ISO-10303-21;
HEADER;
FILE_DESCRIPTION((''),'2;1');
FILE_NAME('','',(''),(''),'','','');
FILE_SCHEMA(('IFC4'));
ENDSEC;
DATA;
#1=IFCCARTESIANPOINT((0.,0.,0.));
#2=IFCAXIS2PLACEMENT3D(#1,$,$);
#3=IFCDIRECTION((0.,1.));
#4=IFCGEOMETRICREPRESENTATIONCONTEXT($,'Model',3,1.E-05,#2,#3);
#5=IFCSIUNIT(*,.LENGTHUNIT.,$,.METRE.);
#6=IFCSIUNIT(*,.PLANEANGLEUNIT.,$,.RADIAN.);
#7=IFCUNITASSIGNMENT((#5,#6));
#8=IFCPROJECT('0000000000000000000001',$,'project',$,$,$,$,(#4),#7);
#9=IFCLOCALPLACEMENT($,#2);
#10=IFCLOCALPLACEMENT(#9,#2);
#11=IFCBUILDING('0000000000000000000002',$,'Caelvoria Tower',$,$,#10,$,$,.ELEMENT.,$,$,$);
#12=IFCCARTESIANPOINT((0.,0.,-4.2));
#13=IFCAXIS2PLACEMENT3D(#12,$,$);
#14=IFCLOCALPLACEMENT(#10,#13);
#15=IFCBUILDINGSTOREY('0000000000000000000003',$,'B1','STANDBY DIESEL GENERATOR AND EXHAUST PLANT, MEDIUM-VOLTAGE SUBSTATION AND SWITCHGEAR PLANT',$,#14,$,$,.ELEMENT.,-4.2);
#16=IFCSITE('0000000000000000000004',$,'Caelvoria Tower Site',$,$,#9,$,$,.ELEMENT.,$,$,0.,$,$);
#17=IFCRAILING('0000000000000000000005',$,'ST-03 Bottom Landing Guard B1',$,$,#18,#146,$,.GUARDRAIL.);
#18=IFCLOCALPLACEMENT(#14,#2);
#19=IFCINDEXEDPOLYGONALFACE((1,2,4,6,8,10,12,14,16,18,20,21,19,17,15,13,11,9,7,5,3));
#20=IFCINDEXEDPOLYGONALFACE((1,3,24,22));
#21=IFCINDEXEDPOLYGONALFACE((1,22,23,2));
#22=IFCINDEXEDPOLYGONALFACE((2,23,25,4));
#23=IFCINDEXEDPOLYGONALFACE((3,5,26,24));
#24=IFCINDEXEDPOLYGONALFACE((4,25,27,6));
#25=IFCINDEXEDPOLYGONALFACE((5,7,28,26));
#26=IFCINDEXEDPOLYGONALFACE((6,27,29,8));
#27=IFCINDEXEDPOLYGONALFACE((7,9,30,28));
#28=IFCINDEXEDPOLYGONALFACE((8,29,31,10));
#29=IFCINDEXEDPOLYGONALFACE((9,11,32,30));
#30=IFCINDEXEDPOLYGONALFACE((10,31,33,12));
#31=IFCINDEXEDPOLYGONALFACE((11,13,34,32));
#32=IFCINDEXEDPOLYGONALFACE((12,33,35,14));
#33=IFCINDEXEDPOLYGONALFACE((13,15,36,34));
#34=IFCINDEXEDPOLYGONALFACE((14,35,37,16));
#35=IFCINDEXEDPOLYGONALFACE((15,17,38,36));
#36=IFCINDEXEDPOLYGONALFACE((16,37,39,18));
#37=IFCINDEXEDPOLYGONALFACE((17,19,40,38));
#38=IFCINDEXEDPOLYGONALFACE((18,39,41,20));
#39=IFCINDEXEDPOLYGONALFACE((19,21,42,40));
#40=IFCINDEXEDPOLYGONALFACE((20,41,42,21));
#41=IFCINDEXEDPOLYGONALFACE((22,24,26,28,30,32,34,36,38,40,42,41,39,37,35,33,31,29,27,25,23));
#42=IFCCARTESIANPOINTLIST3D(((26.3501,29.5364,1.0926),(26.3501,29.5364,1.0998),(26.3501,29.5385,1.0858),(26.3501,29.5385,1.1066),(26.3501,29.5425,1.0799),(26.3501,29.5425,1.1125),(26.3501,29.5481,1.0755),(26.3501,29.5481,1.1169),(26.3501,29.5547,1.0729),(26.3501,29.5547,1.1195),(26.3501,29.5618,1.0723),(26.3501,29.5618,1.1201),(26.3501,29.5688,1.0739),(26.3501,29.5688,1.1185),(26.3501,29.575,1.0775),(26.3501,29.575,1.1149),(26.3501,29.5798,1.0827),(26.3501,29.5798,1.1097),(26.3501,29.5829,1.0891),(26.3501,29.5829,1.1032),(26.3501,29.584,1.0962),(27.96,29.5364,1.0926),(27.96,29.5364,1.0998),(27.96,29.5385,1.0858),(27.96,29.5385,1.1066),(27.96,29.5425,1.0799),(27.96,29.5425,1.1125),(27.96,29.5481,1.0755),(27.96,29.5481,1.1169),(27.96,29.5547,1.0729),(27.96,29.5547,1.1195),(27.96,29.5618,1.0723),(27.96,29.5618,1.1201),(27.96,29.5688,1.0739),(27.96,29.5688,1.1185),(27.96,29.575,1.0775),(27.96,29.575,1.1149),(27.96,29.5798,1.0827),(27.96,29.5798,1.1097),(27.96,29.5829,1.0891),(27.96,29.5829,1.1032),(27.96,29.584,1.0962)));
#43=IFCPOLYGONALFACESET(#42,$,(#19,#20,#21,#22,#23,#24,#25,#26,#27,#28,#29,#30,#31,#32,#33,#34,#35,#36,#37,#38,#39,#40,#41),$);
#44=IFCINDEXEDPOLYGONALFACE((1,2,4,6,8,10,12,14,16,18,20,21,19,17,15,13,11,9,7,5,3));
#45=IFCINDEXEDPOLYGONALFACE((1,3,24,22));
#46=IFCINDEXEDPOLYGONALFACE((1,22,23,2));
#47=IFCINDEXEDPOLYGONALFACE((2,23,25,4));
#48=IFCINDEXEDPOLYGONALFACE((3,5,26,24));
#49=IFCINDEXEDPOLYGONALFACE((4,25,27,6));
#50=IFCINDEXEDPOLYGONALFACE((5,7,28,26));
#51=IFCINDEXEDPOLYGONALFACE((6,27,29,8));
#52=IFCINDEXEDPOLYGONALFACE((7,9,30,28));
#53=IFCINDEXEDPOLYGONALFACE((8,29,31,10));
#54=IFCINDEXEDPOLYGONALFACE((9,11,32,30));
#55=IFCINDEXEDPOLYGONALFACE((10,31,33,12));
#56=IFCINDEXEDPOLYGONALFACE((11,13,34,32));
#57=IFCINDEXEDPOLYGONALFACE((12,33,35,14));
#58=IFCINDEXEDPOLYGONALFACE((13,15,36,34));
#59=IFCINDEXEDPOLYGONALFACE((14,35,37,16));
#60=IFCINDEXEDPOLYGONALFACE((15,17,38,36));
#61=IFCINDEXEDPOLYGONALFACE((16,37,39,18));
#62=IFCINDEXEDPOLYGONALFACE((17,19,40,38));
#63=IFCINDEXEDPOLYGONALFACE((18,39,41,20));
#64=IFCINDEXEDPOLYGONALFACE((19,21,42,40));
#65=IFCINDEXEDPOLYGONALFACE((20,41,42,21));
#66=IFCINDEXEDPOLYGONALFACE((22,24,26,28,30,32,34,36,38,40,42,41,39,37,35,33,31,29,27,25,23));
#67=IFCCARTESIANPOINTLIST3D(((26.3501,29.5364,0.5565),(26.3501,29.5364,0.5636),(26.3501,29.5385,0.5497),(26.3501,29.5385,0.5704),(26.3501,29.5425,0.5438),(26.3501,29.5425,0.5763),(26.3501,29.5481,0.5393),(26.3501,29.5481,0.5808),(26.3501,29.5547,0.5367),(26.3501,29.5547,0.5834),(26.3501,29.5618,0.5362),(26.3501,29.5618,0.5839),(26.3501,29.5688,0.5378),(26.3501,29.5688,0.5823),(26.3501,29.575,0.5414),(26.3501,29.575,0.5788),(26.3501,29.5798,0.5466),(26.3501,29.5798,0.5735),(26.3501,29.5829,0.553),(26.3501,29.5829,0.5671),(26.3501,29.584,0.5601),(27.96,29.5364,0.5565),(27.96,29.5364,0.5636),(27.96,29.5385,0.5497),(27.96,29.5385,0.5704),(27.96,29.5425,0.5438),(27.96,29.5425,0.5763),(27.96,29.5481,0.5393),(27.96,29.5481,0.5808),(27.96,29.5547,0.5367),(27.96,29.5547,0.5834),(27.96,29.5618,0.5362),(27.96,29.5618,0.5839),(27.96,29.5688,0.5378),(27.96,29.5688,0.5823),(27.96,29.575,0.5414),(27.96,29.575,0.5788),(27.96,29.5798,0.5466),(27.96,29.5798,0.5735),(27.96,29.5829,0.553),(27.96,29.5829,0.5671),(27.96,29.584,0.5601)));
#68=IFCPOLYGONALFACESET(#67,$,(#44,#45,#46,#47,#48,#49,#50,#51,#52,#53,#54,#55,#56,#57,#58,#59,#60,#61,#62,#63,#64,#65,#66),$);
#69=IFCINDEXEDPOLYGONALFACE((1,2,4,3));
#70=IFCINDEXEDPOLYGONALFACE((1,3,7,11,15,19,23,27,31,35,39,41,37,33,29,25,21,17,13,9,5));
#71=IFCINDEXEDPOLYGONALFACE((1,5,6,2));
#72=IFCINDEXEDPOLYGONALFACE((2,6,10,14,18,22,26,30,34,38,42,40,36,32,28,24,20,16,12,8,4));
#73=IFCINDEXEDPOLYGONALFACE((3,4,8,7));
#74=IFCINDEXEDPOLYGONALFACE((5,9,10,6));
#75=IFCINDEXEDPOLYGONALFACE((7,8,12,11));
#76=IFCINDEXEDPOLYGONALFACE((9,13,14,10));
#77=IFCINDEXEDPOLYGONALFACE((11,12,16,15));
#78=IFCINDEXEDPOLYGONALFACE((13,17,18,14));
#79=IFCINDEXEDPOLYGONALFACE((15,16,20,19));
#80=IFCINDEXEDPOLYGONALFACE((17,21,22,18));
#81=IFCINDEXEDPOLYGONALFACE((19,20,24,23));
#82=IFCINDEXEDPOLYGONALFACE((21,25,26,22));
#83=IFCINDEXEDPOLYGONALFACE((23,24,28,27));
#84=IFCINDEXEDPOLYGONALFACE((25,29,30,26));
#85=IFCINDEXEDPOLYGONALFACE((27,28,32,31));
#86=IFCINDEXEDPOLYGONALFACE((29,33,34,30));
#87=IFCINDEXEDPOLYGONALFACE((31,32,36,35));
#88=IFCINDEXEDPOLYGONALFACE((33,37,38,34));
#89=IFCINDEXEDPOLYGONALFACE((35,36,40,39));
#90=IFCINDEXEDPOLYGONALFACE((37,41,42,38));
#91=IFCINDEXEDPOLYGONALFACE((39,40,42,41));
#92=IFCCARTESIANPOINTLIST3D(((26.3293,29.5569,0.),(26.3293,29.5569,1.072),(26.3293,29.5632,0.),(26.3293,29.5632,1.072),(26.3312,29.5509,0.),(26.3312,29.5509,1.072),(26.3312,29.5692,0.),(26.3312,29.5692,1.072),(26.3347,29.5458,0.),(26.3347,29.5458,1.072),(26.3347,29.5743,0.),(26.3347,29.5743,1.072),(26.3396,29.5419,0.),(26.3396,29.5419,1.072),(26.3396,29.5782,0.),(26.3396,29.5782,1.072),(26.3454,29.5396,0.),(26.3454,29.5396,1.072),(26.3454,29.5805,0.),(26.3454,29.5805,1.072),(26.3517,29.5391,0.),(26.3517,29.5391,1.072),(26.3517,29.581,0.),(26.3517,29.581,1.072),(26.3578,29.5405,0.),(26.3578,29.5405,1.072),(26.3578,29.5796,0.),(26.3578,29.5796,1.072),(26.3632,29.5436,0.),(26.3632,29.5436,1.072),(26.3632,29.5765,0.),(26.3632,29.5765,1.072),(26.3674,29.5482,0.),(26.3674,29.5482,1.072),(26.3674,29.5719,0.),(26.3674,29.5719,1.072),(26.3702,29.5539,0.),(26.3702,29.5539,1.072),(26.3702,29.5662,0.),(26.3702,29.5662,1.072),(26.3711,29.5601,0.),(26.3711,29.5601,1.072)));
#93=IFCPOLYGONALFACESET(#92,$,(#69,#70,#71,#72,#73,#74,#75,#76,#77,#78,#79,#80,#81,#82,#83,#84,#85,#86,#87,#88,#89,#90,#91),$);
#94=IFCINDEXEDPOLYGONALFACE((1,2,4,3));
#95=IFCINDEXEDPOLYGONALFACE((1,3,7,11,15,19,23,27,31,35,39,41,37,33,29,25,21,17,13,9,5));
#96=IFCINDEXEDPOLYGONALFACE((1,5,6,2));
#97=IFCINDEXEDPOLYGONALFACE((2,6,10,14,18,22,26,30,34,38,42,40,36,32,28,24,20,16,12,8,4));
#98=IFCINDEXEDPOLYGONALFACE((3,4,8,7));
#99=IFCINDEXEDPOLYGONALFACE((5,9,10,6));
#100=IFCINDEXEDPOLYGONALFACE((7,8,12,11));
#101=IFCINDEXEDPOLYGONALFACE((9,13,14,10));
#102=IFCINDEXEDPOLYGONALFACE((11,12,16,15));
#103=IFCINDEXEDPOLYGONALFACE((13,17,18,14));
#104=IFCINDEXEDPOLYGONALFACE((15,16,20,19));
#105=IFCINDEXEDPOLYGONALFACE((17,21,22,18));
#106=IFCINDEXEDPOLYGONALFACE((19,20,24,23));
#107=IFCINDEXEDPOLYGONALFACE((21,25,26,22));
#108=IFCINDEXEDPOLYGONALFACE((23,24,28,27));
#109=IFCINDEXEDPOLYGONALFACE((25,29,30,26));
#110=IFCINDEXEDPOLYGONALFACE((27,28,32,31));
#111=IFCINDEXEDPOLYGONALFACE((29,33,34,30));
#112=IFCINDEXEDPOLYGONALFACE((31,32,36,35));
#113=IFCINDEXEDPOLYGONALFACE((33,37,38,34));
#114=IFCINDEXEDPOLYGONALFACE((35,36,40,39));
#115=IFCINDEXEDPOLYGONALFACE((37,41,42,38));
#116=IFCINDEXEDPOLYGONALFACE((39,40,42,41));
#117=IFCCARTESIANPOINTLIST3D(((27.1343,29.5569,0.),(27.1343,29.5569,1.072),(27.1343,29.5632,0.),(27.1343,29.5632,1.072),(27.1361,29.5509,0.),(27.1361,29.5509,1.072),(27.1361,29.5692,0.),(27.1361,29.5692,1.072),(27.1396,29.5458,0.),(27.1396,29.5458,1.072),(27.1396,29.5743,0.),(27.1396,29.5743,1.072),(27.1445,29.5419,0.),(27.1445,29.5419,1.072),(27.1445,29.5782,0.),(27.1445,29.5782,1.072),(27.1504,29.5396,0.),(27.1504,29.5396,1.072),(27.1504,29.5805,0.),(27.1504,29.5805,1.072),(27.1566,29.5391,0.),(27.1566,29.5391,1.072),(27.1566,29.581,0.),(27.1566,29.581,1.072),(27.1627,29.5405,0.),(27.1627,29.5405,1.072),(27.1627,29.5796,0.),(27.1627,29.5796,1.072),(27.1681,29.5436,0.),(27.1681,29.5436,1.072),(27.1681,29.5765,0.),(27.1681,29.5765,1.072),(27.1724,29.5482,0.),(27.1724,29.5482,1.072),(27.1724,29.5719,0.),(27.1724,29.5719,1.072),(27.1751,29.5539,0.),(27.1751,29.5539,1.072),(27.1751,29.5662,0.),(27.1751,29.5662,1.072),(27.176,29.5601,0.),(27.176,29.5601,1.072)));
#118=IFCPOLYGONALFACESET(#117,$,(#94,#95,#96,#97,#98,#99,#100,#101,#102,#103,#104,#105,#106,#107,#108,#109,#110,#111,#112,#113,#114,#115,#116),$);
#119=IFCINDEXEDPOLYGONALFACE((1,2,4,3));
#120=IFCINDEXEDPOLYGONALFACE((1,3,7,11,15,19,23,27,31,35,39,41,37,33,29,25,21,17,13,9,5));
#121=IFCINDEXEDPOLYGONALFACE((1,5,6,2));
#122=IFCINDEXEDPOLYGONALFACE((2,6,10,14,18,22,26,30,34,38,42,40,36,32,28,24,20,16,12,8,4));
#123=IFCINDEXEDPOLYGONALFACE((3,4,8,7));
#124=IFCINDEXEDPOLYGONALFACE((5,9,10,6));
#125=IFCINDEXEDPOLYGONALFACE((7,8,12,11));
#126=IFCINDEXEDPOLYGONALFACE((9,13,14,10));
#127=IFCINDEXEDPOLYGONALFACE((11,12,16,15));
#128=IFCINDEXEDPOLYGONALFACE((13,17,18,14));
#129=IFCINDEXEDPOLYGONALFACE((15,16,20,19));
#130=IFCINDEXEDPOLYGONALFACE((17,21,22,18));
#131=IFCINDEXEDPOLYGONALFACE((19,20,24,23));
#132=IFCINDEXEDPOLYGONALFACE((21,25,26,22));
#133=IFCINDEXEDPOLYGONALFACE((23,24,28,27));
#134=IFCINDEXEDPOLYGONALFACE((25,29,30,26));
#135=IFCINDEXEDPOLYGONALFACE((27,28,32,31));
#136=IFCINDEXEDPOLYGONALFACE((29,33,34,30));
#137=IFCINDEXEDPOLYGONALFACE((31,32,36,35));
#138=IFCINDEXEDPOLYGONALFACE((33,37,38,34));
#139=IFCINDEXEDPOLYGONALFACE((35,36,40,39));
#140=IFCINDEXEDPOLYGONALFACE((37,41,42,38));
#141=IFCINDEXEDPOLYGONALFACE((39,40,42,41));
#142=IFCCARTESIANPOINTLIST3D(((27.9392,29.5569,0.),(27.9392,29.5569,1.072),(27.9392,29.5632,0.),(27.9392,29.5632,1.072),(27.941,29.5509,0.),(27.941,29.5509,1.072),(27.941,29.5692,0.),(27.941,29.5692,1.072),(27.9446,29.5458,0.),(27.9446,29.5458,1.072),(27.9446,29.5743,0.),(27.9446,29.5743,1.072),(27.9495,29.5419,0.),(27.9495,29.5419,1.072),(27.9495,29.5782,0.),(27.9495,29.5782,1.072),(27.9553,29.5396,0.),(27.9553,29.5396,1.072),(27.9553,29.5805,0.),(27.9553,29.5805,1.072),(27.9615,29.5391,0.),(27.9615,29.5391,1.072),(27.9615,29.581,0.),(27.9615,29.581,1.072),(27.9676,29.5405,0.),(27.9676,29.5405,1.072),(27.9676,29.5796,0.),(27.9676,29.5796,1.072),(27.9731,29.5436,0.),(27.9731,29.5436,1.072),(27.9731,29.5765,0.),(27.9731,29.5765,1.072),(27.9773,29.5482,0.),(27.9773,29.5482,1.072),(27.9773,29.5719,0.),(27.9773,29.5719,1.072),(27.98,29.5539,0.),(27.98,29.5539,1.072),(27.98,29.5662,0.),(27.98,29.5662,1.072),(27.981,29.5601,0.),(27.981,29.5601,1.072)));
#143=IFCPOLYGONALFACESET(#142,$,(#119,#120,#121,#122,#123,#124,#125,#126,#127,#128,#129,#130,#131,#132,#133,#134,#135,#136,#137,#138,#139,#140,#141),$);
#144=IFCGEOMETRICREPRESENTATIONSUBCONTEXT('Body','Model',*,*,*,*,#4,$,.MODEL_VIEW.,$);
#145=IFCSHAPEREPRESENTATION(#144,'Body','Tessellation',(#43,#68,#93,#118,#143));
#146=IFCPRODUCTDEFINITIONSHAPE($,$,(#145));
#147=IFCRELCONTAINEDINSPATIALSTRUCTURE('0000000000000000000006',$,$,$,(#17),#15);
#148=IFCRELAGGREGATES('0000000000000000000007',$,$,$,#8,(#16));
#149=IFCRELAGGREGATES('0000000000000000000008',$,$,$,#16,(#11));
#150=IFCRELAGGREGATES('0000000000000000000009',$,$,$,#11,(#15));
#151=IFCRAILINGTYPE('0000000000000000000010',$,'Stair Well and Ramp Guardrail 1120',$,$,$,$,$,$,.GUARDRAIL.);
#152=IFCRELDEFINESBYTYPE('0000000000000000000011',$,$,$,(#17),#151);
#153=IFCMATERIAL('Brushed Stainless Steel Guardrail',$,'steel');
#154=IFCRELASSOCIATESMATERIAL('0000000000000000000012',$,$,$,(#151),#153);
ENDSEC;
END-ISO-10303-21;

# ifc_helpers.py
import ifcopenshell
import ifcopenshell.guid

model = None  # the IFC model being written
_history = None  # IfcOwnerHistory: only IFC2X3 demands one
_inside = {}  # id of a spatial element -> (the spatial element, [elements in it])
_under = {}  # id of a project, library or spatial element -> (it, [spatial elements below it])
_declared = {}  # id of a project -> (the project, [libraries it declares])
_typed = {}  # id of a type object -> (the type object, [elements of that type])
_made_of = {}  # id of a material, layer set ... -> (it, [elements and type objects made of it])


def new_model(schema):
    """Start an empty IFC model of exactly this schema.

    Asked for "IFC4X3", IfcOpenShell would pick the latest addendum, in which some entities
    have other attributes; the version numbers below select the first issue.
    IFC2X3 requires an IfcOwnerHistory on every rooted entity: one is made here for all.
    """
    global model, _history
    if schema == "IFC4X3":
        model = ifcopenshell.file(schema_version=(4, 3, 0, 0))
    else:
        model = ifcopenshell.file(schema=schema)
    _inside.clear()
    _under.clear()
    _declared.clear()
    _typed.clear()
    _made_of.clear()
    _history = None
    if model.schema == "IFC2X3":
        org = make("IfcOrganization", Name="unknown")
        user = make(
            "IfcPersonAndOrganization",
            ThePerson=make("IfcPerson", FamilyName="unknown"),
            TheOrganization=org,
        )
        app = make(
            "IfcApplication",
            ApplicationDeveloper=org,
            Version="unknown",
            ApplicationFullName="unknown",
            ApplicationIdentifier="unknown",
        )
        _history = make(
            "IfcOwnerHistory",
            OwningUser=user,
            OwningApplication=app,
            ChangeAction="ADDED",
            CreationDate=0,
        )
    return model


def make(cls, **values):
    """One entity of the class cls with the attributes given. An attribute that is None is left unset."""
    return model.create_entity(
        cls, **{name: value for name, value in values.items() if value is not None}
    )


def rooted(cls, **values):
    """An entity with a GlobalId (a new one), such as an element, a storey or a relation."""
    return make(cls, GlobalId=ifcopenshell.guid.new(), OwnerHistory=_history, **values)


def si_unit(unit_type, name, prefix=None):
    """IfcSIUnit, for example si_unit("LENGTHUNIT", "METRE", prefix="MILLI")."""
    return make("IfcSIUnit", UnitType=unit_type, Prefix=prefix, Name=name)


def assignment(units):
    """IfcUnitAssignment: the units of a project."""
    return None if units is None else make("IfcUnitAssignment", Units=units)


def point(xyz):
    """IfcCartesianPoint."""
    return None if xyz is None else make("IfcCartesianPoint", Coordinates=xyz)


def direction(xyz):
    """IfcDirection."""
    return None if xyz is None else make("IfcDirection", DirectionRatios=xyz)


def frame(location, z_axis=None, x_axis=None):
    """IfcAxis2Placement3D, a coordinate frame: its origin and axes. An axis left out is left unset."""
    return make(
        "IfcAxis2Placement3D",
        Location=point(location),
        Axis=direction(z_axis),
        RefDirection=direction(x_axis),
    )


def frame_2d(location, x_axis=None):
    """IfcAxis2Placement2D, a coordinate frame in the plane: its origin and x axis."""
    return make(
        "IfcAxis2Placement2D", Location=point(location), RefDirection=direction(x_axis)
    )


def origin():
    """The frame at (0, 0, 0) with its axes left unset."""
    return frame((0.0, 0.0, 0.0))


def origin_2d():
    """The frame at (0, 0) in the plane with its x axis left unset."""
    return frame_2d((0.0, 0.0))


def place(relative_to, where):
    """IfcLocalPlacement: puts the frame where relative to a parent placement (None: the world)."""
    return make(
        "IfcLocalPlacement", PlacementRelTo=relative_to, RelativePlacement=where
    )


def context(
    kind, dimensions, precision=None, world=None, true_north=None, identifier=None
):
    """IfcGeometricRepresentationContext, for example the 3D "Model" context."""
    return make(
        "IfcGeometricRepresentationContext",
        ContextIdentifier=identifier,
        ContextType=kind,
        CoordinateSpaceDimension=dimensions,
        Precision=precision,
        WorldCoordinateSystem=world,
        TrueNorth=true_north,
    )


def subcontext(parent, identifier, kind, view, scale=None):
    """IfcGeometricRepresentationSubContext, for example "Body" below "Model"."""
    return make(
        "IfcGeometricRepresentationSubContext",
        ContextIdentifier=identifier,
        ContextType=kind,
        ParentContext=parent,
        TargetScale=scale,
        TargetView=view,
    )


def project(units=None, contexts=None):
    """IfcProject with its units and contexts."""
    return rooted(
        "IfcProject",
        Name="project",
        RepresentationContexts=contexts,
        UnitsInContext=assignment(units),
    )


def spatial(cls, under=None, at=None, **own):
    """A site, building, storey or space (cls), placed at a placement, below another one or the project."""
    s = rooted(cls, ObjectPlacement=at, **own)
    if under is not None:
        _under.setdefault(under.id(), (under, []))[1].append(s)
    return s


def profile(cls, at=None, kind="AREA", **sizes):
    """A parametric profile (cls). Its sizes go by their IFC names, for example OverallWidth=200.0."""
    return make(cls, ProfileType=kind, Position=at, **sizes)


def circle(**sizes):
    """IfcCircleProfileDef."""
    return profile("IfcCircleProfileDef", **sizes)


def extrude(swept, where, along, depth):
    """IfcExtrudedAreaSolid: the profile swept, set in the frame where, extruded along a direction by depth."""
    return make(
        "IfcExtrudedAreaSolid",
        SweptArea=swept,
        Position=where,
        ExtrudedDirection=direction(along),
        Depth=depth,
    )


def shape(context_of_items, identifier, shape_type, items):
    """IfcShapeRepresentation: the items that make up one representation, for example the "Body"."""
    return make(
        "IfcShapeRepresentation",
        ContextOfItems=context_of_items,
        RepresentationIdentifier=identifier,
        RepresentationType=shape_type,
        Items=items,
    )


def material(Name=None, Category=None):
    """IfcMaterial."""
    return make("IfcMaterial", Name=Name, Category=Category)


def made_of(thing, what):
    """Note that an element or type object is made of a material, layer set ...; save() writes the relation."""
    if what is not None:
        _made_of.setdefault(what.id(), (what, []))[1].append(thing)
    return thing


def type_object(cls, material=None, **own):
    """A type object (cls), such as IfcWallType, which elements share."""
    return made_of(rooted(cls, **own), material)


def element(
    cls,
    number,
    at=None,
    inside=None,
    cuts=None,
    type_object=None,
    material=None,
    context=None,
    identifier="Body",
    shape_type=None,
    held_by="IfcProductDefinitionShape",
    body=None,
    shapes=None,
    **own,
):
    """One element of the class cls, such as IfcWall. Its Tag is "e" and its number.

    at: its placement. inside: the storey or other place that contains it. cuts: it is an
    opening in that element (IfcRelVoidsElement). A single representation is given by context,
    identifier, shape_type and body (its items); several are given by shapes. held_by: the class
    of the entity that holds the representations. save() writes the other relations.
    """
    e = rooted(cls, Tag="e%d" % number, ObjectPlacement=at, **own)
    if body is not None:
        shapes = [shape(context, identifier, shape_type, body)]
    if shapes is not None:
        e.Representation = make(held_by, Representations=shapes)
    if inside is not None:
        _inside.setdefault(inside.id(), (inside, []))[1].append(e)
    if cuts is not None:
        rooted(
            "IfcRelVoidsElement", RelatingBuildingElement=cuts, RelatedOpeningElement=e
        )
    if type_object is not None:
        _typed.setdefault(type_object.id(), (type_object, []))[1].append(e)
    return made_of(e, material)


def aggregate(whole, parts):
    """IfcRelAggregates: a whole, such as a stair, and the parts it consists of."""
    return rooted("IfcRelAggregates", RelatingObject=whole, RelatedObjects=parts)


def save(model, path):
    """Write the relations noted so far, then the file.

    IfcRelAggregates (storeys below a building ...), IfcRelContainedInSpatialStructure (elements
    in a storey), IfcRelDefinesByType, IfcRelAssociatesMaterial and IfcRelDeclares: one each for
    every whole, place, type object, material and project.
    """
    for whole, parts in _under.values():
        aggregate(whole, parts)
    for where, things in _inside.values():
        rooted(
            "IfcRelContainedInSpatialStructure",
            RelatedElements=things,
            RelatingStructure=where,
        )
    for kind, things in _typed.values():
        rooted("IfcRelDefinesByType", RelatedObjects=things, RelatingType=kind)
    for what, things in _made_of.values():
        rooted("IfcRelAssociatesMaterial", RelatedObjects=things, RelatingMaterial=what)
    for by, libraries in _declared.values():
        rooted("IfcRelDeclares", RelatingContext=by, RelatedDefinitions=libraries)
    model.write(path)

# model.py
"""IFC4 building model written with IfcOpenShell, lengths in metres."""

from ifc_helpers import new_model, si_unit, direction, frame, origin, origin_2d, place, context, subcontext, project, spatial, circle, extrude, material, type_object, element, save


model = new_model("IFC4")

# Units and contexts
model_context = context("Model", 3, precision=1e-05, world=origin(), true_north=direction((0.0, 1.0)))
body_context = subcontext(model_context, "Body", "Model", "MODEL_VIEW")
ifc_project = project(units=[si_unit("LENGTHUNIT", "METRE"), si_unit("PLANEANGLEUNIT", "RADIAN")], contexts=[model_context])

# Site, building, storey
site_placement = place(None, origin())
site = spatial("IfcSite", under=ifc_project, at=site_placement, Name="Caelvoria Tower Site", CompositionType="ELEMENT", RefElevation=0.0)
building_placement = place(site_placement, origin())
building = spatial("IfcBuilding", under=site, at=building_placement, Name="Caelvoria Tower", CompositionType="ELEMENT")
storey_placement = place(building_placement, frame((0.0, 0.0, -4.2)))
storey = spatial("IfcBuildingStorey", under=building, at=storey_placement, Name="B1", Description="STANDBY DIESEL GENERATOR AND EXHAUST PLANT, MEDIUM-VOLTAGE SUBSTATION AND SWITCHGEAR PLANT", CompositionType="ELEMENT", Elevation=-4.2)

# Railing
ifc_material_1 = material(Name="Brushed Stainless Steel Guardrail", Category="steel")
railing_type_1 = type_object("IfcRailingType", Name="Stair Well and Ramp Guardrail 1120", PredefinedType="GUARDRAIL", material=ifc_material_1)
railing_1_placement = place(storey_placement, frame((26.3501, 29.5601, 0.0)))
element("IfcRailing", 1, at=railing_1_placement, inside=storey, type_object=railing_type_1, Name="ST-03 Bottom Landing Guard B1", PredefinedType="GUARDRAIL", context=body_context, shape_type="SweptSolid", body=[
    extrude(circle(Radius=0.0239, at=origin_2d()), frame((0.0, 0.0, 1.0962), z_axis=(1.0, 0.0, 0.0), x_axis=(0.0, 1.0, 0.0)), (0.0, 0.0, 1.0), 1.6099),
    extrude(circle(Radius=0.0239, at=origin_2d()), frame((0.0, 0.0, 0.5601), z_axis=(1.0, 0.0, 0.0), x_axis=(0.0, 1.0, 0.0)), (0.0, 0.0, 1.0), 1.6099),
    extrude(circle(Radius=0.021, at=origin_2d()), origin(), (0.0, 0.0, 1.0), 1.072),
    extrude(circle(Radius=0.021, at=origin_2d()), frame((0.8049, 0.0, 0.0)), (0.0, 0.0, 1.0), 1.072),
    extrude(circle(Radius=0.021, at=origin_2d()), frame((1.6099, 0.0, 0.0)), (0.0, 0.0, 1.0), 1.072),
])

save(model, "model.ifc")
